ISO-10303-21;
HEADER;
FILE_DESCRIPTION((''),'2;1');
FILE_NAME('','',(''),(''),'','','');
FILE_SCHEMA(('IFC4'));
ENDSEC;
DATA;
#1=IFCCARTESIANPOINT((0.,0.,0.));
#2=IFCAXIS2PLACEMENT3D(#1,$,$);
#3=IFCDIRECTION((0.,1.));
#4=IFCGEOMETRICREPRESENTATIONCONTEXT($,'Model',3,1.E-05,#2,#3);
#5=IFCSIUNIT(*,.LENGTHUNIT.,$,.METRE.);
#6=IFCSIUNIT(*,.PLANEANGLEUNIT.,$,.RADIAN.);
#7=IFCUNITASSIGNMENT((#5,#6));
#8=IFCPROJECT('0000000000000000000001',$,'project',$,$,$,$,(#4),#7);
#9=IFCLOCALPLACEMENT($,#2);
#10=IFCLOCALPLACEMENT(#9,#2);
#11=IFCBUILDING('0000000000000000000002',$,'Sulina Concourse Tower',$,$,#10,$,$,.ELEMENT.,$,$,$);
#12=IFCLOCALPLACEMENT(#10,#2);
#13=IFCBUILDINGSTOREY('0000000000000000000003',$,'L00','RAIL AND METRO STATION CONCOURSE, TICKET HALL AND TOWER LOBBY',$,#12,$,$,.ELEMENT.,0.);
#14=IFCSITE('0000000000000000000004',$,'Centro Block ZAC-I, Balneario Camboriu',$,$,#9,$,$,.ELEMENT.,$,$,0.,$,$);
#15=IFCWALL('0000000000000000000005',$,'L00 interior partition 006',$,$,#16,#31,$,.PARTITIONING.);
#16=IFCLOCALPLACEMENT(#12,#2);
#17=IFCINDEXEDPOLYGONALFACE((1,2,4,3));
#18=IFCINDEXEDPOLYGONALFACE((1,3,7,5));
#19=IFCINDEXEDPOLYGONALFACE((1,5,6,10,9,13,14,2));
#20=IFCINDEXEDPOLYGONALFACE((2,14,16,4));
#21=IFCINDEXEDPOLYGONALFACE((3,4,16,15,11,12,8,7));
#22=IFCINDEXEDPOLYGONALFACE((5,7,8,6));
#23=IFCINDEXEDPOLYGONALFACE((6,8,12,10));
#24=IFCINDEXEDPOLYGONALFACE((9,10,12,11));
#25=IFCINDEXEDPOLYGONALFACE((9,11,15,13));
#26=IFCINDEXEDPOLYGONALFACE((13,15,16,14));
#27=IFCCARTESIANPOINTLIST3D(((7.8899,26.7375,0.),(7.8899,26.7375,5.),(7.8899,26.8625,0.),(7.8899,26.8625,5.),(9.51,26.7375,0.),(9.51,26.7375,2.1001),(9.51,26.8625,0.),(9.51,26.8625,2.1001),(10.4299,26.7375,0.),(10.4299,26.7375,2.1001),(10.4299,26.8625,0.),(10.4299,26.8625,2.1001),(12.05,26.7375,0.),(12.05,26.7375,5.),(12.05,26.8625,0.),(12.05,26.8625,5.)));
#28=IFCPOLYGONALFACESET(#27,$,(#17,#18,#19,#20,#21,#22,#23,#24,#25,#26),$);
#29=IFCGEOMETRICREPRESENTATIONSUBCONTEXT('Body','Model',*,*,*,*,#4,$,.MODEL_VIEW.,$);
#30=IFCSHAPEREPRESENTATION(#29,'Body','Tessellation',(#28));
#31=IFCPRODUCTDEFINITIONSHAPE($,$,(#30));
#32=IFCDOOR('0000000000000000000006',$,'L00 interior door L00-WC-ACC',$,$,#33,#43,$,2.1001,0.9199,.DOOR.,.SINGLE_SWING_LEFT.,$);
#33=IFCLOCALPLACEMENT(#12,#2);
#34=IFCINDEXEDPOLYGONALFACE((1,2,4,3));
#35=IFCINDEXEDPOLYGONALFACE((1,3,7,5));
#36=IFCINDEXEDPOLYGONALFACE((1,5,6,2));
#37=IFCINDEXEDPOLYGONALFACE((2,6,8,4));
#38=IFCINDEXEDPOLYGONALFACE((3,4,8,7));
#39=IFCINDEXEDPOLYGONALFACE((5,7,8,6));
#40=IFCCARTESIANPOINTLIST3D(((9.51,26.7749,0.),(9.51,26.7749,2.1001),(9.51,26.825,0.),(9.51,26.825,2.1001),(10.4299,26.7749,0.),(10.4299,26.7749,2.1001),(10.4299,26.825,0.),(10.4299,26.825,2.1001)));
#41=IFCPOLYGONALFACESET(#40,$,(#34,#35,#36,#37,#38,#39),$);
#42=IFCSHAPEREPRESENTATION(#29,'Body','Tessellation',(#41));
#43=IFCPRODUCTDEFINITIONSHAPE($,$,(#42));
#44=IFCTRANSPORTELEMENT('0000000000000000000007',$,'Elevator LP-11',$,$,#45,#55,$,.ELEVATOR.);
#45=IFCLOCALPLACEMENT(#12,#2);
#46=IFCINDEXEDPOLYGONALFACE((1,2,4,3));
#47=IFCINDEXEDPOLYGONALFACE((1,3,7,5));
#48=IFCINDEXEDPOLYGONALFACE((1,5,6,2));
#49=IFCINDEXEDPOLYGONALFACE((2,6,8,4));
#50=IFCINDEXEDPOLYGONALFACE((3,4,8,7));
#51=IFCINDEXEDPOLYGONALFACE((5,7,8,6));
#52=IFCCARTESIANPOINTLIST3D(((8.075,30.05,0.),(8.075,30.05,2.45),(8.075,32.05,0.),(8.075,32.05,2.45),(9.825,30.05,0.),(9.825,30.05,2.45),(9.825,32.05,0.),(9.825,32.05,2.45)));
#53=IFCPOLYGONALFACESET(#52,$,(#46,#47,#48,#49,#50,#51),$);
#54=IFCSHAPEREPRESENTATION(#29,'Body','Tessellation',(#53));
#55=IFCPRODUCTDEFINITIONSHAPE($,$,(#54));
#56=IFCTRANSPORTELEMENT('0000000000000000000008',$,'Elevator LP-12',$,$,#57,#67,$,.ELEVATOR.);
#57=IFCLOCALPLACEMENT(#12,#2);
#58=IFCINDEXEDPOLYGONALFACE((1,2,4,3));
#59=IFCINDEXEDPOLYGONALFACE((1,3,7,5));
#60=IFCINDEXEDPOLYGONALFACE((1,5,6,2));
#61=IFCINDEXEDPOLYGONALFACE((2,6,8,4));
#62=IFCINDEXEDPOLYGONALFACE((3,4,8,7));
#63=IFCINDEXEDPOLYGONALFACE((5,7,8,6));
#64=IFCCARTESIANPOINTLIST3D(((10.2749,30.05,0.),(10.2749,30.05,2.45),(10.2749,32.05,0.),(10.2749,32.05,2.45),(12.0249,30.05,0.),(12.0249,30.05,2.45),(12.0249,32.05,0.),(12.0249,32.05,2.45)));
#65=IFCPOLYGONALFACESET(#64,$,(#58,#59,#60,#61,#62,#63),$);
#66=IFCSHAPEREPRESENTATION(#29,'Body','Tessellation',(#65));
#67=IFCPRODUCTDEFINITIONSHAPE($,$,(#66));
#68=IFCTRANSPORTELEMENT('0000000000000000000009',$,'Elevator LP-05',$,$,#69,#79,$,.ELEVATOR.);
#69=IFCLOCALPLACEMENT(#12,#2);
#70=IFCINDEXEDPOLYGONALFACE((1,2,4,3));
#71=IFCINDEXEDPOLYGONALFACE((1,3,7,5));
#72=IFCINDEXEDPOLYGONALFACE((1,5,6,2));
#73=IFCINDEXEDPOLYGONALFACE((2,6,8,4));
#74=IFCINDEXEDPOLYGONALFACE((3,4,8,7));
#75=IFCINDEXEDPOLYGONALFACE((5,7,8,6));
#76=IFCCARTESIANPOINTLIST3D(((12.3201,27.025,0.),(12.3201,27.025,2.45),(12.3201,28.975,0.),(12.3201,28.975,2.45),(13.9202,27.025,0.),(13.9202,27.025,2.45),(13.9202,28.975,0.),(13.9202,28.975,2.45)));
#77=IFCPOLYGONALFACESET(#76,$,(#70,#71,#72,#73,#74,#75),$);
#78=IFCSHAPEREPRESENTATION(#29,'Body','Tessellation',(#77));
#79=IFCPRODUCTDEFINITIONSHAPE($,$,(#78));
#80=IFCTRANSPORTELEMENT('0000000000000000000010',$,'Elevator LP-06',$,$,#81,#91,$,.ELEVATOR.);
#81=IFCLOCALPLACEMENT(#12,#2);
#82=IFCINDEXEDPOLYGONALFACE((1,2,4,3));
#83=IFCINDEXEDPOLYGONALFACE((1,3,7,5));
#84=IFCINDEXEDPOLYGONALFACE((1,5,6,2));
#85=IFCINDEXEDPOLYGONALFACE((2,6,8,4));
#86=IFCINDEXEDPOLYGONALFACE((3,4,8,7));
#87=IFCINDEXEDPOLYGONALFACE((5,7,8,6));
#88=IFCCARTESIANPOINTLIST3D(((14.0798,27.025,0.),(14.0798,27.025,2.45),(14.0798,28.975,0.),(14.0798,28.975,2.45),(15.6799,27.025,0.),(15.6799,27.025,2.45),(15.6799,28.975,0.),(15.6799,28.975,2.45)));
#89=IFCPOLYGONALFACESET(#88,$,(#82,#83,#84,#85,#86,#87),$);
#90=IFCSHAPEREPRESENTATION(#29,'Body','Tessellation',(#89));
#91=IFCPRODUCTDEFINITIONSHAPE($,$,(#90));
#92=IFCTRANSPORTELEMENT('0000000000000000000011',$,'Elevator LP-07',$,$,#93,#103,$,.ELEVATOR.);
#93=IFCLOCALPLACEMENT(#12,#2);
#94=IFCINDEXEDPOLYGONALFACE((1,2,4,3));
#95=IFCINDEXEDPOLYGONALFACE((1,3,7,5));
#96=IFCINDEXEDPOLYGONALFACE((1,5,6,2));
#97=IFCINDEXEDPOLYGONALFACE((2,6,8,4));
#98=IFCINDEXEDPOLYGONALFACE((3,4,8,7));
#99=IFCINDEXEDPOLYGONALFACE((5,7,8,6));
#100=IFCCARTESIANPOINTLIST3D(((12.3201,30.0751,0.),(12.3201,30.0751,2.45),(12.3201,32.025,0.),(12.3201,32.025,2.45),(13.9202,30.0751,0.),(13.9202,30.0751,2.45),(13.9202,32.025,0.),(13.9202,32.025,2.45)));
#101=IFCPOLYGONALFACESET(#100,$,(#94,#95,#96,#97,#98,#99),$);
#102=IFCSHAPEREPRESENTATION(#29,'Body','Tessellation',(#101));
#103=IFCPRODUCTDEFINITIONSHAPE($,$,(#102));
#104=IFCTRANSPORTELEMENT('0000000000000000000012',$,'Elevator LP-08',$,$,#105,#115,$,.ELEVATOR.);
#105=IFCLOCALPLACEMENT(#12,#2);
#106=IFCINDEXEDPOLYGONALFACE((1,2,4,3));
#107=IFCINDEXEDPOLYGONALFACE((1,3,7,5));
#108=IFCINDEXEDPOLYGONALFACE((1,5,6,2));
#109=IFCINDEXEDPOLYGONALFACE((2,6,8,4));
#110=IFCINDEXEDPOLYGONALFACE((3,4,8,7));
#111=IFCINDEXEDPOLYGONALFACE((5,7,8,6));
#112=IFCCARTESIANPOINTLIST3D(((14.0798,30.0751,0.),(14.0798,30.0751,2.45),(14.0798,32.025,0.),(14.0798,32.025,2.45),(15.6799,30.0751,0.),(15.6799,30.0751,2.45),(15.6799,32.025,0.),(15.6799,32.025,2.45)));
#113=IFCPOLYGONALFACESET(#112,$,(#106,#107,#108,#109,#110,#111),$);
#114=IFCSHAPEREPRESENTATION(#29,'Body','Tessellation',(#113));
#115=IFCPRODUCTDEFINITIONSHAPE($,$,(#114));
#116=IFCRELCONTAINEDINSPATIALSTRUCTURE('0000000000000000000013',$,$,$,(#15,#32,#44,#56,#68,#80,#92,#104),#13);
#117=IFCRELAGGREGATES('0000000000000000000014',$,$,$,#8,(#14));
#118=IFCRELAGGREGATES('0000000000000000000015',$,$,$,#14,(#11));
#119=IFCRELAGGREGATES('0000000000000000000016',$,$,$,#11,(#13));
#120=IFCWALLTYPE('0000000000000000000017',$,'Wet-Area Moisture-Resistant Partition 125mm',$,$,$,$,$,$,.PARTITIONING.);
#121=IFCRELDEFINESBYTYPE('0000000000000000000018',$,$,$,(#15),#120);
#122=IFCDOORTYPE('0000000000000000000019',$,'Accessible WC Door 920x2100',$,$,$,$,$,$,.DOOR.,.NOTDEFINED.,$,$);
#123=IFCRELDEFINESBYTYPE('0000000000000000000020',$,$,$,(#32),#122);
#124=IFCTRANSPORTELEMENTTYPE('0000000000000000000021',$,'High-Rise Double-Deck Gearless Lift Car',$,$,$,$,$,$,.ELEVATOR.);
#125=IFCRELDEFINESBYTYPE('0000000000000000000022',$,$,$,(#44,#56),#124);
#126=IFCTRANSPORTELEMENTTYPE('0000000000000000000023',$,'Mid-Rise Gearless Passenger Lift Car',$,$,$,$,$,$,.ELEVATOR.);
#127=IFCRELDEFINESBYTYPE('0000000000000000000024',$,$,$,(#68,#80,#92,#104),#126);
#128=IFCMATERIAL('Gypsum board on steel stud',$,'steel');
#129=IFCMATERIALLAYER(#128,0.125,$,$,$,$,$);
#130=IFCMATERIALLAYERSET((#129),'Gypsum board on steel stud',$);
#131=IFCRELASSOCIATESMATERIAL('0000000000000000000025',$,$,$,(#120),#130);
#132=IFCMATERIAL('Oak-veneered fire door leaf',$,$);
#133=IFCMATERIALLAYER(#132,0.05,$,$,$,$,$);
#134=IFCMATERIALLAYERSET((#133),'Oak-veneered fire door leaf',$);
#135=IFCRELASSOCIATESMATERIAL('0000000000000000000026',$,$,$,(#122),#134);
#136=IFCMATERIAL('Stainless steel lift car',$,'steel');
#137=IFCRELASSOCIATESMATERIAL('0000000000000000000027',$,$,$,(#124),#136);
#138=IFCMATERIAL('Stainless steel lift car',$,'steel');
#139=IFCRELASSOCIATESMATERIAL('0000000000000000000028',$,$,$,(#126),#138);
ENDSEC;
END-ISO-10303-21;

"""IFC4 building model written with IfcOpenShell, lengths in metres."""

from ifc_helpers import new_model, si_unit, direction, frame, frame_2d, origin, origin_2d, place, context, subcontext, project, spatial, rectangle, extrude, material, layer, layer_set, type_object, element, fill, save


model = new_model("IFC4")

# Units and contexts
model_context = context("Model", 3, precision=1e-05, world=origin(), true_north=direction((0.0, 1.0)))
body_context = subcontext(model_context, "Body", "Model", "MODEL_VIEW")
ifc_project = project(units=[si_unit("LENGTHUNIT", "METRE"), si_unit("PLANEANGLEUNIT", "RADIAN")], contexts=[model_context])

# Site, building, storey
site_placement = place(None, origin())
site = spatial("IfcSite", under=ifc_project, at=site_placement, Name="Centro Block ZAC-I, Balneario Camboriu", CompositionType="ELEMENT", RefElevation=0.0)
building_placement = place(site_placement, origin())
building = spatial("IfcBuilding", under=site, at=building_placement, Name="Sulina Concourse Tower", CompositionType="ELEMENT")
storey_placement = place(building_placement, origin())
storey = spatial("IfcBuildingStorey", under=building, at=storey_placement, Name="L00", Description="RAIL AND METRO STATION CONCOURSE, TICKET HALL AND TOWER LOBBY", CompositionType="ELEMENT", Elevation=0.0)

# Wall, opening, door
ifc_material_1 = material(Name="Gypsum board on steel stud", Category="steel")
ifc_layer_1 = layer(ifc_material_1, 0.125)
ifc_layer_set_1 = layer_set([ifc_layer_1], Name="Gypsum board on steel stud")
wall_type_1 = type_object("IfcWallType", Name="Wet-Area Moisture-Resistant Partition 125mm", PredefinedType="PARTITIONING", material=ifc_layer_set_1)
wall_1_placement = place(storey_placement, frame((7.8899, 26.8, 0.0), z_axis=(0.0, 0.0, 1.0), x_axis=(1.0, 0.0, 0.0)))
wall_1 = element("IfcWall", 1, at=wall_1_placement, inside=storey, type_object=wall_type_1, Name="L00 interior partition 006", PredefinedType="PARTITIONING", context=body_context, shape_type="SweptSolid", body=[
    extrude(rectangle(XDim=4.1602, YDim=0.125, at=frame_2d((2.0801, 0.0))), origin(), (0.0, 0.0, 1.0), 5.0),
])
opening_1_placement = place(wall_1_placement, frame((1.6201, 0.0, 0.0)))
opening_1 = element("IfcOpeningElement", 2, at=opening_1_placement, cuts=wall_1, PredefinedType="OPENING", context=body_context, shape_type="SweptSolid", body=[
    extrude(rectangle(XDim=0.9199, YDim=2.1001, at=frame_2d((0.46, 1.05))), frame((0.0, 0.0725, 0.0), z_axis=(0.0, -1.0, 0.0), x_axis=(1.0, 0.0, 0.0)), (0.0, 0.0, 1.0), 0.145),
])
ifc_material_2 = material(Name="Oak-veneered fire door leaf")
ifc_layer_2 = layer(ifc_material_2, 0.05)
ifc_layer_set_2 = layer_set([ifc_layer_2], Name="Oak-veneered fire door leaf")
door_type_1 = type_object("IfcDoorType", Name="Accessible WC Door 920x2100", OperationType="NOTDEFINED", PredefinedType="DOOR", material=ifc_layer_set_2)
door_1_placement = place(opening_1_placement, origin())
door_1 = element("IfcDoor", 3, at=door_1_placement, inside=storey, type_object=door_type_1, Name="L00 interior door L00-WC-ACC", OperationType="SINGLE_SWING_LEFT", OverallHeight=2.1001, OverallWidth=0.9199, PredefinedType="DOOR", context=body_context, shape_type="SweptSolid", body=[
    extrude(rectangle(XDim=0.9199, YDim=2.1001, at=frame_2d((0.46, 1.05))), frame((0.0, 0.0249, 0.0), z_axis=(0.0, -1.0, 0.0), x_axis=(1.0, 0.0, 0.0)), (0.0, 0.0, 1.0), 0.05),
])
fill(opening_1, door_1)

# Transport elements
ifc_material_3 = material(Name="Stainless steel lift car", Category="steel")
transport_element_type_1 = type_object("IfcTransportElementType", Name="High-Rise Double-Deck Gearless Lift Car", PredefinedType="ELEVATOR", material=ifc_material_3)
for number, where, z_axis, x_axis, name in (
    (4, (8.95, 31.05, 0.0), (0.0, 0.0, 1.0), (1.0, 0.0, 0.0), "Elevator LP-11"),
    (5, (11.1499, 31.05, 0.0), (0.0, 0.0, 1.0), (1.0, 0.0, 0.0), "Elevator LP-12"),
):
    element("IfcTransportElement", number, at=place(storey_placement, frame(where, z_axis=z_axis, x_axis=x_axis)), inside=storey, type_object=transport_element_type_1, Name=name, PredefinedType="ELEVATOR", context=body_context, shape_type="SweptSolid", body=[
        extrude(rectangle(XDim=1.75, YDim=2.0, at=origin_2d()), origin(), (0.0, 0.0, 1.0), 2.45),
    ])
ifc_material_4 = material(Name="Stainless steel lift car", Category="steel")
transport_element_type_2 = type_object("IfcTransportElementType", Name="Mid-Rise Gearless Passenger Lift Car", PredefinedType="ELEVATOR", material=ifc_material_4)
for number, where, z_axis, x_axis, name in (
    (6, (13.1201, 28.0, 0.0), (0.0, 0.0, 1.0), (1.0, 0.0, 0.0), "Elevator LP-05"),
    (7, (14.8799, 28.0, 0.0), (0.0, 0.0, 1.0), (1.0, 0.0, 0.0), "Elevator LP-06"),
    (8, (13.1201, 31.05, 0.0), (0.0, 0.0, 1.0), (1.0, 0.0, 0.0), "Elevator LP-07"),
    (9, (14.8799, 31.05, 0.0), (0.0, 0.0, 1.0), (1.0, 0.0, 0.0), "Elevator LP-08"),
):
    element("IfcTransportElement", number, at=place(storey_placement, frame(where, z_axis=z_axis, x_axis=x_axis)), inside=storey, type_object=transport_element_type_2, Name=name, PredefinedType="ELEVATOR", context=body_context, shape_type="SweptSolid", body=[
        extrude(rectangle(XDim=1.6001, YDim=1.95, at=origin_2d()), origin(), (0.0, 0.0, 1.0), 2.45),
    ])

save(model, "model.ifc")
